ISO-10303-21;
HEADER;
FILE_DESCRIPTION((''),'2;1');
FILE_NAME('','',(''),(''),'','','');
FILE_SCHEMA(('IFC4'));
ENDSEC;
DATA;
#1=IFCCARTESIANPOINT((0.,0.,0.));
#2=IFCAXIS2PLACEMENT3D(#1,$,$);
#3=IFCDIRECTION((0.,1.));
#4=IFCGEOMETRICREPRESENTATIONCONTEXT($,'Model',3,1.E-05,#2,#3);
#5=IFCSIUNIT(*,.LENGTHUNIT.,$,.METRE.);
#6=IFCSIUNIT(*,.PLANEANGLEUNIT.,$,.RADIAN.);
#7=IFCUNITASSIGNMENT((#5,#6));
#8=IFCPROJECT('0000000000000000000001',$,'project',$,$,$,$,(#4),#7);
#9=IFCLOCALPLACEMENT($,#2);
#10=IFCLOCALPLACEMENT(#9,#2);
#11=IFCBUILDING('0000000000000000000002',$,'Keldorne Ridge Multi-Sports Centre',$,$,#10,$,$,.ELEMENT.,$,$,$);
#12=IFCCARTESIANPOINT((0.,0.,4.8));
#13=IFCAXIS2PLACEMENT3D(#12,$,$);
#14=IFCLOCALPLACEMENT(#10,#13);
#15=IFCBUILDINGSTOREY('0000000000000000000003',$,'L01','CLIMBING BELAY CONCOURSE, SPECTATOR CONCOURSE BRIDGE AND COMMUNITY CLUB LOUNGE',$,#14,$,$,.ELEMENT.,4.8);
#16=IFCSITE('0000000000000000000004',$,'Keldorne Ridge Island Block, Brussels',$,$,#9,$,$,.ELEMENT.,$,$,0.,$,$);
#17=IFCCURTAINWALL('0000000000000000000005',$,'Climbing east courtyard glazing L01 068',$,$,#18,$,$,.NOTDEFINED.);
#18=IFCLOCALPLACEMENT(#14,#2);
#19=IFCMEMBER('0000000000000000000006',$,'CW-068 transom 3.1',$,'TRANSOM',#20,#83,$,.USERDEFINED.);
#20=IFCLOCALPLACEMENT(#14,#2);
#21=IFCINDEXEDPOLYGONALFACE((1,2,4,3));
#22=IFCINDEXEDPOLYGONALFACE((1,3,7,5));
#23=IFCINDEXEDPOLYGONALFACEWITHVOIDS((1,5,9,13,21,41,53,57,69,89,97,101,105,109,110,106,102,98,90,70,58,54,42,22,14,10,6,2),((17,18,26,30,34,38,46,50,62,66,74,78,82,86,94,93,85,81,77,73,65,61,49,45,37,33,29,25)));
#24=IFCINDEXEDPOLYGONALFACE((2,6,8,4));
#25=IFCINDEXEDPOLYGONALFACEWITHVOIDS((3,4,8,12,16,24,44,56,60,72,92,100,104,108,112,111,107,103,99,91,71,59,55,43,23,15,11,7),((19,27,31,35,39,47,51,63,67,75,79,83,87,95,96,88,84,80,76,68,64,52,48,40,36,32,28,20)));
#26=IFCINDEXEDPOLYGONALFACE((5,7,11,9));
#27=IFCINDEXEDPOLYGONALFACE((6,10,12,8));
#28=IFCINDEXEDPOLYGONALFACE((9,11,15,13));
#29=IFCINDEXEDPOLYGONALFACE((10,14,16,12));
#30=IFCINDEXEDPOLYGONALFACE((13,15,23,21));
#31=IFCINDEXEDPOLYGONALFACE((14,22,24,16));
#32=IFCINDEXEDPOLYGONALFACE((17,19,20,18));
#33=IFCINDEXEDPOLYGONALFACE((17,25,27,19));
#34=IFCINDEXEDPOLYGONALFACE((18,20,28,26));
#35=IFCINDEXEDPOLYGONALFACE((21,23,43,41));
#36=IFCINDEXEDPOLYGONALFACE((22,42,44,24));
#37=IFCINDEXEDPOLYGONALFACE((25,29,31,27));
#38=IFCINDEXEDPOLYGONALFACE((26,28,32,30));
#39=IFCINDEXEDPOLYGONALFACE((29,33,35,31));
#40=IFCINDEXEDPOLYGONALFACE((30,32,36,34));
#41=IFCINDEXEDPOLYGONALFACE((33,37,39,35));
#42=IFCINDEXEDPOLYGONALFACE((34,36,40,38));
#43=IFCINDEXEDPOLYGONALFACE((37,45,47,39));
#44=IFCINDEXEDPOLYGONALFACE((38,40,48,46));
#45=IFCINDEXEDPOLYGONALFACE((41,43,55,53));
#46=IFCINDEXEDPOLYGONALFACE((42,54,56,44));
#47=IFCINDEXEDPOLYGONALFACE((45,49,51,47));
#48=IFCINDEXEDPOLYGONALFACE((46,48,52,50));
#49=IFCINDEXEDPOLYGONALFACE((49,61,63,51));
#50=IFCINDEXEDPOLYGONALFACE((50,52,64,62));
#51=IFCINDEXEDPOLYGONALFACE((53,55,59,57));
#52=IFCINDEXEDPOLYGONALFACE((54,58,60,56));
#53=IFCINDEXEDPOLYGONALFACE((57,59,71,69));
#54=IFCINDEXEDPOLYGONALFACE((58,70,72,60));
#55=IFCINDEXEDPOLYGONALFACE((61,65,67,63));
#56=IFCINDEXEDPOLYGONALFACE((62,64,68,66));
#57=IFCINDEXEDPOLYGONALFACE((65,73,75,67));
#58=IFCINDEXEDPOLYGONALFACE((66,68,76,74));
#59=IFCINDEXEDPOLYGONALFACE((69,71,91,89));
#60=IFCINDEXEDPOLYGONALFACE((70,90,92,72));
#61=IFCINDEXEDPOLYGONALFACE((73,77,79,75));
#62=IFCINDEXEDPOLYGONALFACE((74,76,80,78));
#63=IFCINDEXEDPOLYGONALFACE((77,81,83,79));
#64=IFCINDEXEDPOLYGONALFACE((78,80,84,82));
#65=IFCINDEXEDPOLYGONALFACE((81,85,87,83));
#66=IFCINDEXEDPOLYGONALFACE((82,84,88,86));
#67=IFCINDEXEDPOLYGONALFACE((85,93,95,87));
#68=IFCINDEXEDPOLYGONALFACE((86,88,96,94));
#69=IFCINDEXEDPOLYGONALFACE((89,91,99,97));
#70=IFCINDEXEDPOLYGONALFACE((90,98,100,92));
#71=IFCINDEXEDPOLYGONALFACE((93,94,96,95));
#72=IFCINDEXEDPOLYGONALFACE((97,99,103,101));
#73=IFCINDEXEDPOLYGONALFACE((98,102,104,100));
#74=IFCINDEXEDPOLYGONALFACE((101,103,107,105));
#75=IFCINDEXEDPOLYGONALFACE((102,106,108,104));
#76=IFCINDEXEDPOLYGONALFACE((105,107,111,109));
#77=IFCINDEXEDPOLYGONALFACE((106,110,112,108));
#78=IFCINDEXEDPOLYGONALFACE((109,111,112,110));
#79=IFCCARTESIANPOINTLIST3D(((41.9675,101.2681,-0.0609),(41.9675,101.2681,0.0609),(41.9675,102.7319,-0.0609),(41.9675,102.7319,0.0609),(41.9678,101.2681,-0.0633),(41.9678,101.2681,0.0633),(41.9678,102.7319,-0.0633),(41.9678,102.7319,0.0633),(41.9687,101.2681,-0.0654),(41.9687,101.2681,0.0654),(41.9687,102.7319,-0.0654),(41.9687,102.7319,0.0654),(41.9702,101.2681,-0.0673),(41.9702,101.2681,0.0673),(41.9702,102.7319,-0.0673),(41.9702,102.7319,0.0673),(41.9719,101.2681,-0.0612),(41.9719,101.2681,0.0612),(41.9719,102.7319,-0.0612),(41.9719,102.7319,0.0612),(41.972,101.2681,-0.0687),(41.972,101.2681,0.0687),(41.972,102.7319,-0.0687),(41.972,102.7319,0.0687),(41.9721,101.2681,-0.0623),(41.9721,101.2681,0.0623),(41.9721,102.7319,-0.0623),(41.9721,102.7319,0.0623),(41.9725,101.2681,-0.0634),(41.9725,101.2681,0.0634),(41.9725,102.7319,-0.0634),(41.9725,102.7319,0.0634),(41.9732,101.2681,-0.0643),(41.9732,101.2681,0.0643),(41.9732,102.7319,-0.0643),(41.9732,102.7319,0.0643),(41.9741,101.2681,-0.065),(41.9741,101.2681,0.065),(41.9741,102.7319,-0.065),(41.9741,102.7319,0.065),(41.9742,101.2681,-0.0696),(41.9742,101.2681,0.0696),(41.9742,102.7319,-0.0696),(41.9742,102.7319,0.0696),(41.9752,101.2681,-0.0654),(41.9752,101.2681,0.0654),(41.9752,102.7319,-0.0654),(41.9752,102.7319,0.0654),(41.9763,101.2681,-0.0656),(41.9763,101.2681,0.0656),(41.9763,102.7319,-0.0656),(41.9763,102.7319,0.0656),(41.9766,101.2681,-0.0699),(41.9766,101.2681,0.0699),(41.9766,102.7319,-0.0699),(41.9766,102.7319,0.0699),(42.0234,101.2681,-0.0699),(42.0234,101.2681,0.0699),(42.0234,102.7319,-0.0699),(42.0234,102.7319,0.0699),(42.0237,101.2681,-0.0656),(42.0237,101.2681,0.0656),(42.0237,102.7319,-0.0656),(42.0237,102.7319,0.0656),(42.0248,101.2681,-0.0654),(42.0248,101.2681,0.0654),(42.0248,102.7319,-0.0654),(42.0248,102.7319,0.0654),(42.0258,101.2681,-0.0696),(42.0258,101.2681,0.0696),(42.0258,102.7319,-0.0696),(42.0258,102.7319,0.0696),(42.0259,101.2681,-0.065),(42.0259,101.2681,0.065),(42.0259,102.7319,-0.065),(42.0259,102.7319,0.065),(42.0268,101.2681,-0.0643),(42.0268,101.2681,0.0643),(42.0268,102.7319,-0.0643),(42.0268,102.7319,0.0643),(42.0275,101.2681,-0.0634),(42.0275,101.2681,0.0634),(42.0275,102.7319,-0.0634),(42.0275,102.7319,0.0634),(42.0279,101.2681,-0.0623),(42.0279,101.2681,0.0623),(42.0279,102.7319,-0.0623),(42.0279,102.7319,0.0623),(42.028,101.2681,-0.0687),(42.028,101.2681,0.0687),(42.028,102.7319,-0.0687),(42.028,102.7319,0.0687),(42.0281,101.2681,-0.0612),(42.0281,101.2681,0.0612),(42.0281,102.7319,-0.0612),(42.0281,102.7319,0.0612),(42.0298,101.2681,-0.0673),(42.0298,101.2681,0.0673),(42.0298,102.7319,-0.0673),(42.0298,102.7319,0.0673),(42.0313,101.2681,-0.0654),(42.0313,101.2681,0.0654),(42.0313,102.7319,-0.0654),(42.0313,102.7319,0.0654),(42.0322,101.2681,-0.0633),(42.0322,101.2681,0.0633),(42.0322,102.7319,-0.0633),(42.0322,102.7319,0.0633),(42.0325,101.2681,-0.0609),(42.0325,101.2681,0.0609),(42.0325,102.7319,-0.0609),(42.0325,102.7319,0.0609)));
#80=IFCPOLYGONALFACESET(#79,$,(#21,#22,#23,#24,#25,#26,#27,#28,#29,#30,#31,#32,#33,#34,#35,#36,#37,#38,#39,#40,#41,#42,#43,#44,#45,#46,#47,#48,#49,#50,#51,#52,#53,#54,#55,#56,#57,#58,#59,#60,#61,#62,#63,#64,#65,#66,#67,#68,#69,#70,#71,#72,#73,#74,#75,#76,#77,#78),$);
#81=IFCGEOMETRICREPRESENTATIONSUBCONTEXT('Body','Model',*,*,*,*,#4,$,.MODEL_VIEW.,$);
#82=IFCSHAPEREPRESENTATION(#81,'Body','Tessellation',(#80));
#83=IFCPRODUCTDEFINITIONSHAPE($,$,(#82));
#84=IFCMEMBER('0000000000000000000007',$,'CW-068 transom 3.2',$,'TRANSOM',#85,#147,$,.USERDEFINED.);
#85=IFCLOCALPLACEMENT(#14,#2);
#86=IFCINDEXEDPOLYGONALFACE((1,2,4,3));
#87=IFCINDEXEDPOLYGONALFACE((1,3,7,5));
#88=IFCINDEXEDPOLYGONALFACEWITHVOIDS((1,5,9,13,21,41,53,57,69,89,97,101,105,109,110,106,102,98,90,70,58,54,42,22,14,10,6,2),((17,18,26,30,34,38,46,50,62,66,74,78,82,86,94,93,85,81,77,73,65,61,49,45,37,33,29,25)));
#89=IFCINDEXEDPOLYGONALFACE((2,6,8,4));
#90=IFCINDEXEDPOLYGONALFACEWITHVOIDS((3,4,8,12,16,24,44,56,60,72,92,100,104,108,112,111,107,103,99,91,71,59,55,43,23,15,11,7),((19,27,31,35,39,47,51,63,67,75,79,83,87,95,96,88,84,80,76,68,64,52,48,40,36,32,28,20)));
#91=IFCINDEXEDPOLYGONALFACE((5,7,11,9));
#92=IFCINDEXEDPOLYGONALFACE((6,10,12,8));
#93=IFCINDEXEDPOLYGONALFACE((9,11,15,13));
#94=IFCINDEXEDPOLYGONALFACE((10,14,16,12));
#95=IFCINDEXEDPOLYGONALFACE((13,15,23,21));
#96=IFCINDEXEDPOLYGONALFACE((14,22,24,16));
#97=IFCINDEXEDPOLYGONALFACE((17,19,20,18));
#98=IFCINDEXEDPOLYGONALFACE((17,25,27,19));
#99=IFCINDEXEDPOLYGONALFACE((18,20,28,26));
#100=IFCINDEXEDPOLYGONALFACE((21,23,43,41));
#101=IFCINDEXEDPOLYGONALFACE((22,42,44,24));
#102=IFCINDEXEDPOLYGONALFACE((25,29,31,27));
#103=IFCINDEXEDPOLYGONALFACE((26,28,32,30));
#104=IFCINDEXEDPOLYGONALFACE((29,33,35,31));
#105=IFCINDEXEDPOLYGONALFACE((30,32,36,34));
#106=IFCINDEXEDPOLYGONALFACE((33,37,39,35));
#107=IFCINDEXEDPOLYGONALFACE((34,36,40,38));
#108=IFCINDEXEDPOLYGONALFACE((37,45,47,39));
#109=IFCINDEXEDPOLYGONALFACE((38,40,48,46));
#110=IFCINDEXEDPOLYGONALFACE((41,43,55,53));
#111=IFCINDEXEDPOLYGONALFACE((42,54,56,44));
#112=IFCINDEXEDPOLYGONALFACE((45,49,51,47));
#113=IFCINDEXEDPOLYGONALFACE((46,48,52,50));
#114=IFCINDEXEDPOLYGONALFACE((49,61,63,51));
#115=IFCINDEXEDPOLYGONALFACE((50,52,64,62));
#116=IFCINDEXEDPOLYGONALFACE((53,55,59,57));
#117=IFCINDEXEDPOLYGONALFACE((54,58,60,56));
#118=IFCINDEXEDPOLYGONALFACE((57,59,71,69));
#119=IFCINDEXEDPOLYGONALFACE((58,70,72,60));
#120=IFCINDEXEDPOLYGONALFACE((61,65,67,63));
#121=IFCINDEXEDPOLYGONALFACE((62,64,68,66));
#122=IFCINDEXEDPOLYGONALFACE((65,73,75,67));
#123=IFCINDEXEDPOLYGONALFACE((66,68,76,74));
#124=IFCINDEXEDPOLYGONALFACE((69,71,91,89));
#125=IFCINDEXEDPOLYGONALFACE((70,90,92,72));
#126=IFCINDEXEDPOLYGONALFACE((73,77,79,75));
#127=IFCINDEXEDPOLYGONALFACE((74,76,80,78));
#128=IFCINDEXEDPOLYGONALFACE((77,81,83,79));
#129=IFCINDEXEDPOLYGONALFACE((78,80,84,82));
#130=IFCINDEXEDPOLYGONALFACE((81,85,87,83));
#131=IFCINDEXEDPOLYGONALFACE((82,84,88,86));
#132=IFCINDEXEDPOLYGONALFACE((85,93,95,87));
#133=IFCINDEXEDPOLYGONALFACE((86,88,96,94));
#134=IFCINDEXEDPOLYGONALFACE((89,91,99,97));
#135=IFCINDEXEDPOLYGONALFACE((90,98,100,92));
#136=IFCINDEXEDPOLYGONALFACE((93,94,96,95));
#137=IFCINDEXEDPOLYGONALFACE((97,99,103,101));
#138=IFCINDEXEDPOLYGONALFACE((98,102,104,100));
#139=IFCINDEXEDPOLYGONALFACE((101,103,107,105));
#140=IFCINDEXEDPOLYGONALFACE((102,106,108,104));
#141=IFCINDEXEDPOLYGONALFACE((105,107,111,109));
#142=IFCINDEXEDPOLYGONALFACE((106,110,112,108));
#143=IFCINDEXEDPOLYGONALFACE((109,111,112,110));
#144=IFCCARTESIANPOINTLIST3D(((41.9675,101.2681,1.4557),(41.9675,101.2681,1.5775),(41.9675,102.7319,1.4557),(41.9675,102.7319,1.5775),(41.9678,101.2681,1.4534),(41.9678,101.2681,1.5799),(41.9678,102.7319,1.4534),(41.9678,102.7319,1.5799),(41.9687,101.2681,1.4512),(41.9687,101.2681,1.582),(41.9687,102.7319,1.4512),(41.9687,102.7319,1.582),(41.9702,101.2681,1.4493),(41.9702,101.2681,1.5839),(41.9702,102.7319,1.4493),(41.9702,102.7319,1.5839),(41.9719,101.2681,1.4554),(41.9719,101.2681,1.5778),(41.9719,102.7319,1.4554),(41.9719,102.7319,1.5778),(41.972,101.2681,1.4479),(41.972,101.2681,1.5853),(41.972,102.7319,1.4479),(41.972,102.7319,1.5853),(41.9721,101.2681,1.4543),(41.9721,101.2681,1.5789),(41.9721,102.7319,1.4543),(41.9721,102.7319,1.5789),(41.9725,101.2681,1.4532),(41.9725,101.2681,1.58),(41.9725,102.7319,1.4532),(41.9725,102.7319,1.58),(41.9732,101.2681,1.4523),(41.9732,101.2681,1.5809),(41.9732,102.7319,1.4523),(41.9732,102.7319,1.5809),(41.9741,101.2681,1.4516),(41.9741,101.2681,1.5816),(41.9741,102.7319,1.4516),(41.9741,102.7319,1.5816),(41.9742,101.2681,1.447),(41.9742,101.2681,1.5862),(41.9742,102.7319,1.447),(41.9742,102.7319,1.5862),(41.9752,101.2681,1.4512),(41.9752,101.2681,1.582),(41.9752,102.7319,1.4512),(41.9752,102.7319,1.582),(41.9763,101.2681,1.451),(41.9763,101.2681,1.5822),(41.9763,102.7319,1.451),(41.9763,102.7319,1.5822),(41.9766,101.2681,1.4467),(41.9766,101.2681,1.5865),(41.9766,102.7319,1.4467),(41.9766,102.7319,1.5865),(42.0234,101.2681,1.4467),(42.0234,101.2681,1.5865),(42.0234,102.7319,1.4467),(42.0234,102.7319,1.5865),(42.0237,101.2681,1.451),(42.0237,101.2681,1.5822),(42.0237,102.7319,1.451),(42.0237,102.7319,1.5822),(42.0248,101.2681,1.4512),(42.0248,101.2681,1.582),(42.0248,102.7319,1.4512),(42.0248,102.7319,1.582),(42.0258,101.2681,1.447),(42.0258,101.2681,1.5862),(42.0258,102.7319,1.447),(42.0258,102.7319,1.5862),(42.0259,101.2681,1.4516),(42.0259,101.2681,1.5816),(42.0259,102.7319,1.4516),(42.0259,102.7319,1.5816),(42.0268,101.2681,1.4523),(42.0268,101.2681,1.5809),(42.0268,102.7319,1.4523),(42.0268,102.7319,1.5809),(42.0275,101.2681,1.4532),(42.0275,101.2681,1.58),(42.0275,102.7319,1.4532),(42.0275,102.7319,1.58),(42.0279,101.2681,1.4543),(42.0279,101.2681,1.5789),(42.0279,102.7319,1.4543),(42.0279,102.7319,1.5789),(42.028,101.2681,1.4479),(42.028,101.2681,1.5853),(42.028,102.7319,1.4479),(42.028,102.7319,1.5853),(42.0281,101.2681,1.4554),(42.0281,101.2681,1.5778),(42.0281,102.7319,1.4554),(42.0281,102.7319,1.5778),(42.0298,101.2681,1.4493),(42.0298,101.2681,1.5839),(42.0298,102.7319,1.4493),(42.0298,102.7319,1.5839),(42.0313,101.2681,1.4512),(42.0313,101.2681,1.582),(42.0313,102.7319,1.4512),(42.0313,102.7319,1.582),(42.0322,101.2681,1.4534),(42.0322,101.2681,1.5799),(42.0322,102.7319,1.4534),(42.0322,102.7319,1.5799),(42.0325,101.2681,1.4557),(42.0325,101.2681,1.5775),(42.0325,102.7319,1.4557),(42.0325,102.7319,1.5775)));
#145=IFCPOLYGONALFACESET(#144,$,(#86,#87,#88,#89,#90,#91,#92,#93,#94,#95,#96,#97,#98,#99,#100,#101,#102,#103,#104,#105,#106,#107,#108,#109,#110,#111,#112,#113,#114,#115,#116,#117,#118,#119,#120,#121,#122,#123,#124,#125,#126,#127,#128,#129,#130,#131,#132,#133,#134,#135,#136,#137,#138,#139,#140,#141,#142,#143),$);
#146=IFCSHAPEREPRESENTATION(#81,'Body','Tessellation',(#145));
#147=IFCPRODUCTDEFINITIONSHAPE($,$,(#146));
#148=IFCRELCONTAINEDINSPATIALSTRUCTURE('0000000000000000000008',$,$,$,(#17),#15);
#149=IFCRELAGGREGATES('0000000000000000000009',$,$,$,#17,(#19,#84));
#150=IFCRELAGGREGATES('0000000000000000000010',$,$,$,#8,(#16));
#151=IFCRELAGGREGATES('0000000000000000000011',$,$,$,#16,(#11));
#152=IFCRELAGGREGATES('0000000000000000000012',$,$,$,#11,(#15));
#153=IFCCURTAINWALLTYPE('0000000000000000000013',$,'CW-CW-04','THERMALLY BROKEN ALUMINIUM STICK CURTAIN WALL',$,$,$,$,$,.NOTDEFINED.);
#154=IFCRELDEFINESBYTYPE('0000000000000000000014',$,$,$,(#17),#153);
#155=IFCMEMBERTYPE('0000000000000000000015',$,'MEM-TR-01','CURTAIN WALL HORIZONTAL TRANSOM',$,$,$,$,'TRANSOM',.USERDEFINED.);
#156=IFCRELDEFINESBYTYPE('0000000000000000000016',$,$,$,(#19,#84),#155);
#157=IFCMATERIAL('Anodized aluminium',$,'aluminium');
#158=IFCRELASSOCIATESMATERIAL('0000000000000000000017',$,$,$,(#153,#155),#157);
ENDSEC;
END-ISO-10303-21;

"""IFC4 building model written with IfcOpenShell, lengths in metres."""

from ifc_helpers import new_model, si_unit, direction, frame, origin, origin_2d, place, context, subcontext, project, spatial, hollow_rectangle, extrude, material, material_profile, profile_set, type_object, element, aggregate, save


model = new_model("IFC4")

# Units and contexts
model_context = context("Model", 3, precision=1e-05, world=origin(), true_north=direction((0.0, 1.0)))
body_context = subcontext(model_context, "Body", "Model", "MODEL_VIEW")
ifc_project = project(units=[si_unit("LENGTHUNIT", "METRE"), si_unit("PLANEANGLEUNIT", "RADIAN")], contexts=[model_context])

# Site, building, storey
site_placement = place(None, origin())
site = spatial("IfcSite", under=ifc_project, at=site_placement, Name="Keldorne Ridge Island Block, Brussels", CompositionType="ELEMENT", RefElevation=0.0)
building_placement = place(site_placement, origin())
building = spatial("IfcBuilding", under=site, at=building_placement, Name="Keldorne Ridge Multi-Sports Centre", CompositionType="ELEMENT")
storey_placement = place(building_placement, frame((0.0, 0.0, 4.8)))
storey = spatial("IfcBuildingStorey", under=building, at=storey_placement, Name="L01", Description="CLIMBING BELAY CONCOURSE, SPECTATOR CONCOURSE BRIDGE AND COMMUNITY CLUB LOUNGE", CompositionType="ELEMENT", Elevation=4.8)

# Shared definitions
ifc_material_1 = material(Name="Anodized aluminium", Category="aluminium")

# Curtain wall, members
curtain_wall_type_1 = type_object("IfcCurtainWallType", Name="CW-CW-04", Description="THERMALLY BROKEN ALUMINIUM STICK CURTAIN WALL", PredefinedType="NOTDEFINED", material=ifc_material_1)
curtain_wall_1_placement = place(storey_placement, origin())
curtain_wall_1 = element("IfcCurtainWall", 1, at=curtain_wall_1_placement, inside=storey, type_object=curtain_wall_type_1, Name="Climbing east courtyard glazing L01 068", PredefinedType="NOTDEFINED")
ifc_material_profile_1 = material_profile(ifc_material_1, hollow_rectangle(XDim=0.0649, YDim=0.1399, WallThickness=0.0044, InnerFilletRadius=0.0044, OuterFilletRadius=0.009, at=origin_2d()), Name="ALU TRANSOM 140x65x4.5")
ifc_profile_set_1 = profile_set([ifc_material_profile_1], Name="Anodized aluminium")
member_type_1 = type_object("IfcMemberType", Name="MEM-TR-01", Description="CURTAIN WALL HORIZONTAL TRANSOM", ElementType="TRANSOM", PredefinedType="USERDEFINED", material=ifc_profile_set_1)
member_1_placement = place(storey_placement, frame((42.0, 101.2681, 0.0), z_axis=(0.0, 1.0, 0.0), x_axis=(-1.0, 0.0, 0.0)))
member_1 = element("IfcMember", 2, at=member_1_placement, type_object=member_type_1, Name="CW-068 transom 3.1", ObjectType="TRANSOM", PredefinedType="USERDEFINED", context=body_context, shape_type="SweptSolid", body=[
    extrude(hollow_rectangle(XDim=0.0649, YDim=0.1399, WallThickness=0.0044, InnerFilletRadius=0.0044, OuterFilletRadius=0.009, at=origin_2d()), origin(), (0.0, 0.0, 1.0), 1.4639),
])
member_2_placement = place(storey_placement, frame((42.0, 101.2681, 1.5166), z_axis=(0.0, 1.0, 0.0), x_axis=(-1.0, 0.0, 0.0)))
member_2 = element("IfcMember", 3, at=member_2_placement, type_object=member_type_1, Name="CW-068 transom 3.2", ObjectType="TRANSOM", PredefinedType="USERDEFINED", context=body_context, shape_type="SweptSolid", body=[
    extrude(hollow_rectangle(XDim=0.0649, YDim=0.1399, WallThickness=0.0044, InnerFilletRadius=0.0044, OuterFilletRadius=0.009, at=origin_2d()), origin(), (0.0, 0.0, 1.0), 1.4639),
])

aggregate(curtain_wall_1, [member_1, member_2])

save(model, "model.ifc")
